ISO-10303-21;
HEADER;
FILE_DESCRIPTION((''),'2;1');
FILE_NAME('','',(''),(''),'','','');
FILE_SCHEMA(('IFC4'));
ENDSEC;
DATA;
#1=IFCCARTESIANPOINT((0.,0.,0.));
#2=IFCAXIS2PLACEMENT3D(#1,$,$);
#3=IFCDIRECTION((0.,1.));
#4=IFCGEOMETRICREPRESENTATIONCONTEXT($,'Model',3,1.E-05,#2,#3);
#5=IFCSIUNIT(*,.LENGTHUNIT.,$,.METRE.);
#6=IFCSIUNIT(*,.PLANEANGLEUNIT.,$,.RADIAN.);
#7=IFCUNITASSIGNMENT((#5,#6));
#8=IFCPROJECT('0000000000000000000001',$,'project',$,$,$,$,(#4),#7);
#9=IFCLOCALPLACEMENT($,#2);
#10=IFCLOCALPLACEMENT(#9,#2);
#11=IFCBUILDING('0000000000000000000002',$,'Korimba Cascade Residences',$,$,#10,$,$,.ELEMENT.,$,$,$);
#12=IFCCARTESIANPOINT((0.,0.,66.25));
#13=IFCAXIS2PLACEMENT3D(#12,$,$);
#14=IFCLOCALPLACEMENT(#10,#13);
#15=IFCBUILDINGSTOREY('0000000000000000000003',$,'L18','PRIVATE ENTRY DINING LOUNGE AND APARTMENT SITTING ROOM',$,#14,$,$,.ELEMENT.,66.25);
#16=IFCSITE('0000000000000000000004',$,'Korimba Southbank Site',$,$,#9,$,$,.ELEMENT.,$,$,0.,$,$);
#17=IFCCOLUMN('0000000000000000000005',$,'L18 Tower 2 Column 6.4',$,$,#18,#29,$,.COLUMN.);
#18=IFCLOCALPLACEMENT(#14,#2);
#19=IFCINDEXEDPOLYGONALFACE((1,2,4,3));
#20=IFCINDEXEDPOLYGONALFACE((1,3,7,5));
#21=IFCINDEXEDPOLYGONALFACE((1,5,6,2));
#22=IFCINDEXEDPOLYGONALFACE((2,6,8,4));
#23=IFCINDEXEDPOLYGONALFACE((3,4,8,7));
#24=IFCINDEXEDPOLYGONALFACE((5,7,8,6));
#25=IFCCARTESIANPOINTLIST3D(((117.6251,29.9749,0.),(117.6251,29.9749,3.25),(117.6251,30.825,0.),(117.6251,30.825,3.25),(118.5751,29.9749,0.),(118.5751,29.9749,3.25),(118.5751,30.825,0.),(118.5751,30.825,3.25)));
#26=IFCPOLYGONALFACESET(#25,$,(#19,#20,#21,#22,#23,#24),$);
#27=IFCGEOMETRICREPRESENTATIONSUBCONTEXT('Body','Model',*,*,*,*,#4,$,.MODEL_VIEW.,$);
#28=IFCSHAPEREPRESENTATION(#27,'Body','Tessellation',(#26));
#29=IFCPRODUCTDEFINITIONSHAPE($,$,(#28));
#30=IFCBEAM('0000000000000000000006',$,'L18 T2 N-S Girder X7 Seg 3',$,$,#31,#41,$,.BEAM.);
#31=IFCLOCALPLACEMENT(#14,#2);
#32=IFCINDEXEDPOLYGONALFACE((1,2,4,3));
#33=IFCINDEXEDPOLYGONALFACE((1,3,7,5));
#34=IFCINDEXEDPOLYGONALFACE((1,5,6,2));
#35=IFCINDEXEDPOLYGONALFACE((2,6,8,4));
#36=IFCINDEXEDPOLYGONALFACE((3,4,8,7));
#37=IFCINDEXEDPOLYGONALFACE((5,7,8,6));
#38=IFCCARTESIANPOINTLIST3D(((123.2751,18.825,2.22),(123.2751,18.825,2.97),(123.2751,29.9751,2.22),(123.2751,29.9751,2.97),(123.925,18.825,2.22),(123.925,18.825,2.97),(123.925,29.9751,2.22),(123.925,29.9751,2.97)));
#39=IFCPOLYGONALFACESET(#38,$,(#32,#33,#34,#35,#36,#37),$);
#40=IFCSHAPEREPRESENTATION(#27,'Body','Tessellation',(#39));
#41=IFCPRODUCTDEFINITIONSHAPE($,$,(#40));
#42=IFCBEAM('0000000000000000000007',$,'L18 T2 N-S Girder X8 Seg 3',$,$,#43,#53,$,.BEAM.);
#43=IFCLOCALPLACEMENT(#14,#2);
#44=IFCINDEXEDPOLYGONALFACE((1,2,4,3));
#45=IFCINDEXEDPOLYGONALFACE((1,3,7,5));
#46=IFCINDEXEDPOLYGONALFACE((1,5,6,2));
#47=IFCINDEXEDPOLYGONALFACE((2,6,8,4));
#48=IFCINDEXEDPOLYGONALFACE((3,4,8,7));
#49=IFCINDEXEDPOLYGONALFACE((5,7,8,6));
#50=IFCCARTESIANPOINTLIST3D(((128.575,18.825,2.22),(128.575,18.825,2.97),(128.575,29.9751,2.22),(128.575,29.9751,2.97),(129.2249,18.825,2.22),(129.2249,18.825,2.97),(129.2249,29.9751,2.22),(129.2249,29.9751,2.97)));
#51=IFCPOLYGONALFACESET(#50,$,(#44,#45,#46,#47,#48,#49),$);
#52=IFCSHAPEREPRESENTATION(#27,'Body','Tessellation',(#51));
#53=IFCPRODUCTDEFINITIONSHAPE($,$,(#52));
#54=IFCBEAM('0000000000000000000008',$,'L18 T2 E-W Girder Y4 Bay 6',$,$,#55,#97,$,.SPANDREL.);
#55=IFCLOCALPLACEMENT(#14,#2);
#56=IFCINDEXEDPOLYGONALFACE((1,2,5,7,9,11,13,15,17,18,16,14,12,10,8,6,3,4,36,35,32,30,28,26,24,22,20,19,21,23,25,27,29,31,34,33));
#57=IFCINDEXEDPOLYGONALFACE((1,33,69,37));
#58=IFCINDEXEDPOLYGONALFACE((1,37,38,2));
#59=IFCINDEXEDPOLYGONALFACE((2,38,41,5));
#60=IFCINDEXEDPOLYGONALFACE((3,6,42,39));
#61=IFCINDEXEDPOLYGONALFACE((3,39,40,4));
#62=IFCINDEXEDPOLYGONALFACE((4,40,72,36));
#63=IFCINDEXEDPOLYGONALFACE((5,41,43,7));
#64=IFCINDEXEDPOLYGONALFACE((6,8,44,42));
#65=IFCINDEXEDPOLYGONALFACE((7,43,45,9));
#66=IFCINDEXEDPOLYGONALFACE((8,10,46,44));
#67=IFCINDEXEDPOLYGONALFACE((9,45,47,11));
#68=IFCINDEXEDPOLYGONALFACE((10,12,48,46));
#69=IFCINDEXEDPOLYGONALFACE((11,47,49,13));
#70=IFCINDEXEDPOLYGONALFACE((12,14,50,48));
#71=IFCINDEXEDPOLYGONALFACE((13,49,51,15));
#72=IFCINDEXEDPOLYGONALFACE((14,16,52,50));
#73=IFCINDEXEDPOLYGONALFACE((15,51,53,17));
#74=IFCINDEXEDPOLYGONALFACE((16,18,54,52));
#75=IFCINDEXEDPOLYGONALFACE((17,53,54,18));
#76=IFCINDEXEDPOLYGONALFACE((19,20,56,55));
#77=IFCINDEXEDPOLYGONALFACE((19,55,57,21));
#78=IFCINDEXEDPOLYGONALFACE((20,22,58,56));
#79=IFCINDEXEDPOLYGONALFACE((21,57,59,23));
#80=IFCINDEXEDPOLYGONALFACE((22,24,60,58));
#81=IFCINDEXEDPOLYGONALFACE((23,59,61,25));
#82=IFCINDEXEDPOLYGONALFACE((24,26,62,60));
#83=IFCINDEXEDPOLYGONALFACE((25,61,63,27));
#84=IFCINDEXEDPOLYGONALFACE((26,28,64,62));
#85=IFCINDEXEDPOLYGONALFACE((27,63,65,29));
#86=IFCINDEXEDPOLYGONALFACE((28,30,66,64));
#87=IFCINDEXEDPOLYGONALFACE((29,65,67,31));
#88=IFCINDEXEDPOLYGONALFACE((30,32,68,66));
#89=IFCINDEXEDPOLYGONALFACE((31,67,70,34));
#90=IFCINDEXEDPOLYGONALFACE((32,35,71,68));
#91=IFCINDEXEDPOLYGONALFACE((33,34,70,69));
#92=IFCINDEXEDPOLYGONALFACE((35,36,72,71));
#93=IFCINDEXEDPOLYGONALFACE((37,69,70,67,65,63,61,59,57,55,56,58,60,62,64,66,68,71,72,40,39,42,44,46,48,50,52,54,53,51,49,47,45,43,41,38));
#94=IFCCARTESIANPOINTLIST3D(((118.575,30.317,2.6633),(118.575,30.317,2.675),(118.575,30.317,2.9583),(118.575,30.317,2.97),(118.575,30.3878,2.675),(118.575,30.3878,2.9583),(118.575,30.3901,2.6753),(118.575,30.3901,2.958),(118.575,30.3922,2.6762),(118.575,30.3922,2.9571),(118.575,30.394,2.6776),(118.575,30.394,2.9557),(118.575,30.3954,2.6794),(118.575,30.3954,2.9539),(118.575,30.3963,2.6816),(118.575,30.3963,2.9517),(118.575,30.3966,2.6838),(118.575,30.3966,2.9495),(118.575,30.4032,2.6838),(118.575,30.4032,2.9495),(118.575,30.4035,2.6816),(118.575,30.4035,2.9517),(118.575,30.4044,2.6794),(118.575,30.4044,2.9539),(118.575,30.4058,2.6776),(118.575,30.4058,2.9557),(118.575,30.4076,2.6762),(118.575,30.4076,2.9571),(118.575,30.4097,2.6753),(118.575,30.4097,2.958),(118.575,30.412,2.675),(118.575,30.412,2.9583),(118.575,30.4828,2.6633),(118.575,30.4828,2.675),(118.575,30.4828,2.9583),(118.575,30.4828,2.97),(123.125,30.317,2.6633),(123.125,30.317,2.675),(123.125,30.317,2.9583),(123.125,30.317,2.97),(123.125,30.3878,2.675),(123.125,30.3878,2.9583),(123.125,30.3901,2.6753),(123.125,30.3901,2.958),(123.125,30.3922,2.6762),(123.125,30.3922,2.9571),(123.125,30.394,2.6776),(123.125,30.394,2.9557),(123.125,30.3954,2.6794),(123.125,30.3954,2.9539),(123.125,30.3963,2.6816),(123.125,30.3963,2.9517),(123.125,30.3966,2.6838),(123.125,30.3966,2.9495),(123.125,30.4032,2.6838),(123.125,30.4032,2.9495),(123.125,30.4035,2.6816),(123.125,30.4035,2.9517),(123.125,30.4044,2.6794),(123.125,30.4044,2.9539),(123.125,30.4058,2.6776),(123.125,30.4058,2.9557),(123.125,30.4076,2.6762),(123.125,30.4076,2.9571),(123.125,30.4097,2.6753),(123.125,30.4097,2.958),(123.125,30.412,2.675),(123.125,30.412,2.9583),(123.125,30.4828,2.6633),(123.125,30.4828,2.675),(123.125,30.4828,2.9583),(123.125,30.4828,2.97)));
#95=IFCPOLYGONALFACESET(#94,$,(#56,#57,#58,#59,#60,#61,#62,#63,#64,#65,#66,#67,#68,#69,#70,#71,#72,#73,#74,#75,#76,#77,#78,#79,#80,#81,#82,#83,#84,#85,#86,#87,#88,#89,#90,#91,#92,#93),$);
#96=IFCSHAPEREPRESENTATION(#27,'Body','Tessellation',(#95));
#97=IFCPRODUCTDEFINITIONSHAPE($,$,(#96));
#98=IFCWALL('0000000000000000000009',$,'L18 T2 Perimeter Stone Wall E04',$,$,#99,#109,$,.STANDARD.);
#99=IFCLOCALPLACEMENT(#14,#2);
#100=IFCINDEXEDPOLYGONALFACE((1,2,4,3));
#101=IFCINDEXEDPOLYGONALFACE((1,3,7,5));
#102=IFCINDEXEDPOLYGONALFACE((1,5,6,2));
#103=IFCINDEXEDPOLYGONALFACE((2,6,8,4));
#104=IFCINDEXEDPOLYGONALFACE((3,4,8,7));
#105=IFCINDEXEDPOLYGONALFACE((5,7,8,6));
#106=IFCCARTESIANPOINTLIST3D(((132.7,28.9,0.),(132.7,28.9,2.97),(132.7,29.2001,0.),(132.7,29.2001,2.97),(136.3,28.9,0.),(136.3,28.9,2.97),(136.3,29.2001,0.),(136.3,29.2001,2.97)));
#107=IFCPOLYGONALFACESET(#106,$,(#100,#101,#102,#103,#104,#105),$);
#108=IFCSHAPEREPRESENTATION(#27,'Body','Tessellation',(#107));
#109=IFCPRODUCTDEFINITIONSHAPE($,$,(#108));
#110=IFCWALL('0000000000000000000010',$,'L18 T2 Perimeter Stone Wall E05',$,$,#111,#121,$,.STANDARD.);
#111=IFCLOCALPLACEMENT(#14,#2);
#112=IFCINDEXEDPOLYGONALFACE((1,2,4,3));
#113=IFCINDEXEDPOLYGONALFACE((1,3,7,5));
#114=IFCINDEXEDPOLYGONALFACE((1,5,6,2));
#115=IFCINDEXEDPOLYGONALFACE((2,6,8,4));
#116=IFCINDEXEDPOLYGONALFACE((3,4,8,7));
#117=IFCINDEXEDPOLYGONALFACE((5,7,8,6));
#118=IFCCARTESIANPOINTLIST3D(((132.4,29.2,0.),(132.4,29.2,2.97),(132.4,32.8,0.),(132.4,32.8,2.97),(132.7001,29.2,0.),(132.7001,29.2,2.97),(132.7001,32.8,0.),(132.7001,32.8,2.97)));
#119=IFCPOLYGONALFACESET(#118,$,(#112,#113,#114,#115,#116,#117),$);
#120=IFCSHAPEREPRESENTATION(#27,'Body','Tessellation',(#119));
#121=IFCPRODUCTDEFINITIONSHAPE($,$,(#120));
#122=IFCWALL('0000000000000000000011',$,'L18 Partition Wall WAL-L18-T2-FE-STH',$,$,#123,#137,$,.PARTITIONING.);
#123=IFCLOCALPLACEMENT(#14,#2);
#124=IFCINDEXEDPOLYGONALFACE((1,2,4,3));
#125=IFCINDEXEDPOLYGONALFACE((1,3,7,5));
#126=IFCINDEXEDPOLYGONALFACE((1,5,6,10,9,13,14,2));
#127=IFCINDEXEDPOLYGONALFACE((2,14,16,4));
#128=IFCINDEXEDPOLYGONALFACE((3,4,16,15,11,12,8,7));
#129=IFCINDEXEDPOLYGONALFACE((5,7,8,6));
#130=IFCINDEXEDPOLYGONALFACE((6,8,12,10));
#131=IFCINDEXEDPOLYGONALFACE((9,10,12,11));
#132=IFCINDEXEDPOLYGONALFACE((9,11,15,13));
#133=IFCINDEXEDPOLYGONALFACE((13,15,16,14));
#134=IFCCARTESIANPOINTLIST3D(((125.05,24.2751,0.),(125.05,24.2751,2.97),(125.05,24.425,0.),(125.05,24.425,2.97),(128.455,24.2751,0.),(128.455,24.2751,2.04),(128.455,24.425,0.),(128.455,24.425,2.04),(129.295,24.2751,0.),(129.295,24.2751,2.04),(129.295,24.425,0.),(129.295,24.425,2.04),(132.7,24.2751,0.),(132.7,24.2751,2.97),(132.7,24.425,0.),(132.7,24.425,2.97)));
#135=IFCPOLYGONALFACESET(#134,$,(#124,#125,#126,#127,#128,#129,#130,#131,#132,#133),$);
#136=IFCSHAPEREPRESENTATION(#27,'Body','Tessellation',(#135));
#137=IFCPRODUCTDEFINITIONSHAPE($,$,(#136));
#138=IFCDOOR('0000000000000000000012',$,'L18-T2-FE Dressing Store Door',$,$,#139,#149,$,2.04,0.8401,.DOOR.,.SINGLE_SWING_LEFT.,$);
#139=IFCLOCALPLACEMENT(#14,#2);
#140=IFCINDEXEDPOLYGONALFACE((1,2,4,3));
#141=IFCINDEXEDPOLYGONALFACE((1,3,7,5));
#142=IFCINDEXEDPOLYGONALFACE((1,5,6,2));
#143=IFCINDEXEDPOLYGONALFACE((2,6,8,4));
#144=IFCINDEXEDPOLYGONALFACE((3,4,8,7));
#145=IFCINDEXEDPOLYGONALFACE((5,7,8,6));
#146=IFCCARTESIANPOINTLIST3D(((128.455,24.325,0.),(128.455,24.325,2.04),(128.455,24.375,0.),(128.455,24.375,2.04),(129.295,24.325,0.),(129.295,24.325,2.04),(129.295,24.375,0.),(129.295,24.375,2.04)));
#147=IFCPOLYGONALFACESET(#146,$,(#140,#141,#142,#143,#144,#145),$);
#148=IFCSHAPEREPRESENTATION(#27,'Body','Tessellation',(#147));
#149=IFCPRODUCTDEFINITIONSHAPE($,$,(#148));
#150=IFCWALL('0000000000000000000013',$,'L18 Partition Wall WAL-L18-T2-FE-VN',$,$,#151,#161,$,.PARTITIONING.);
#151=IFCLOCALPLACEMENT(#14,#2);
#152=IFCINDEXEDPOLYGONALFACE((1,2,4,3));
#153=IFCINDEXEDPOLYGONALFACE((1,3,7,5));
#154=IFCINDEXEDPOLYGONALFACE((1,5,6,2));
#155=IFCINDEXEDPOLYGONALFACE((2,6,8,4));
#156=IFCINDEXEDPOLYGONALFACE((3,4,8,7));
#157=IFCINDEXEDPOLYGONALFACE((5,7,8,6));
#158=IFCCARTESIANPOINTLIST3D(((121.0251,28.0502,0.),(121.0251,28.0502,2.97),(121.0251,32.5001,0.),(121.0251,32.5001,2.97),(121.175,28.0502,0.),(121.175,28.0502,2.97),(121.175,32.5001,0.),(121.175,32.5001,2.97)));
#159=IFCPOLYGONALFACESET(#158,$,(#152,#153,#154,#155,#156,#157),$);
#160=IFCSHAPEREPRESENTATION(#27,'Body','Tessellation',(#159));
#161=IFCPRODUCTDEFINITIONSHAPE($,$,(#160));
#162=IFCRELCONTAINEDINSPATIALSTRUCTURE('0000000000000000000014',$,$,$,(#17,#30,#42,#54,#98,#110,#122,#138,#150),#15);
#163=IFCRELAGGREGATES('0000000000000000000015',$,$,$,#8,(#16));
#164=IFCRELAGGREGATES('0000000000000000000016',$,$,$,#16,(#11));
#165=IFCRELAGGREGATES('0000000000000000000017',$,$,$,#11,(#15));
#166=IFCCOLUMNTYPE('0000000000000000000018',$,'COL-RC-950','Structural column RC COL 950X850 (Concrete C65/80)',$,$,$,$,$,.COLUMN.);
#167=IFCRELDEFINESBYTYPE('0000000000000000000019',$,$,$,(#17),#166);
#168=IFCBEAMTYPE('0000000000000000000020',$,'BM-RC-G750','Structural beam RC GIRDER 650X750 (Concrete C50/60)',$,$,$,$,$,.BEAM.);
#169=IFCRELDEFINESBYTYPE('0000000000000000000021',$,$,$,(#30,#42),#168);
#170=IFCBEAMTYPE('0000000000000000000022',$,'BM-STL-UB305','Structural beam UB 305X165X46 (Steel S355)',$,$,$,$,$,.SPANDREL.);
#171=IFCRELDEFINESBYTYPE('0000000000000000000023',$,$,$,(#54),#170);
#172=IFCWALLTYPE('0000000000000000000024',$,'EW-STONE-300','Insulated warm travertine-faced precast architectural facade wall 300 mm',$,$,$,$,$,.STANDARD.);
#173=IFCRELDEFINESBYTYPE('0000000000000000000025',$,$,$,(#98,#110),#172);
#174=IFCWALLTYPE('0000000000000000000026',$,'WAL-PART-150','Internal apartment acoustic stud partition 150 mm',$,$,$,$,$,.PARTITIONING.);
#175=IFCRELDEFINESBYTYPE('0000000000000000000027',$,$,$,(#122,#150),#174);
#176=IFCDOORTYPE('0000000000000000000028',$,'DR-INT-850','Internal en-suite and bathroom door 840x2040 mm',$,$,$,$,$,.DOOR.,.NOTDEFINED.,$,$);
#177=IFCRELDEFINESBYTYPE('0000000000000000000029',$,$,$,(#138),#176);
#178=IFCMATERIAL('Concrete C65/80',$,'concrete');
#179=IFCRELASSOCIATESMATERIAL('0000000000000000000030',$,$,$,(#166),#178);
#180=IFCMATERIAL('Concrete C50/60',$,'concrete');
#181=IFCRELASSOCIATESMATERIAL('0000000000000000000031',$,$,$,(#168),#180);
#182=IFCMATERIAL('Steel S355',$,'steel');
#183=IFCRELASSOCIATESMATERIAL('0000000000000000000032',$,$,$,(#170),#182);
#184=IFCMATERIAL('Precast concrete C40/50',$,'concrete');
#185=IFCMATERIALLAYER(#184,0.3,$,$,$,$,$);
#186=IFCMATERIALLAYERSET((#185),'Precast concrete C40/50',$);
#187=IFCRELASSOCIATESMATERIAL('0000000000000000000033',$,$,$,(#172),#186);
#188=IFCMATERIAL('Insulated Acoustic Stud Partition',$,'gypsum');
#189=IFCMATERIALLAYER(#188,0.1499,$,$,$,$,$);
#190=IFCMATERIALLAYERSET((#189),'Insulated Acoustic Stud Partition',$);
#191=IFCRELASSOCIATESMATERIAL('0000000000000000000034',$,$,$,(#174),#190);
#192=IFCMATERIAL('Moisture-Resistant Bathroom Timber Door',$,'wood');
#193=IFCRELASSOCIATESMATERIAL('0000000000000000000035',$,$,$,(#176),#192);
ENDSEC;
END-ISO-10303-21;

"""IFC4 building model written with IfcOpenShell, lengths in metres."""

from ifc_helpers import new_model, si_unit, direction, frame, frame_2d, origin, origin_2d, place, context, subcontext, project, spatial, rectangle, i_section, extrude, material, layer, layer_set, material_profile, profile_set, type_object, element, fill, save


model = new_model("IFC4")

# Units and contexts
model_context = context("Model", 3, precision=1e-05, world=origin(), true_north=direction((0.0, 1.0)))
body_context = subcontext(model_context, "Body", "Model", "MODEL_VIEW")
ifc_project = project(units=[si_unit("LENGTHUNIT", "METRE"), si_unit("PLANEANGLEUNIT", "RADIAN")], contexts=[model_context])

# Site, building, storey
site_placement = place(None, origin())
site = spatial("IfcSite", under=ifc_project, at=site_placement, Name="Korimba Southbank Site", CompositionType="ELEMENT", RefElevation=0.0)
building_placement = place(site_placement, origin())
building = spatial("IfcBuilding", under=site, at=building_placement, Name="Korimba Cascade Residences", CompositionType="ELEMENT")
storey_placement = place(building_placement, frame((0.0, 0.0, 66.25)))
storey = spatial("IfcBuildingStorey", under=building, at=storey_placement, Name="L18", Description="PRIVATE ENTRY DINING LOUNGE AND APARTMENT SITTING ROOM", CompositionType="ELEMENT", Elevation=66.25)

# Column
ifc_material_1 = material(Name="Concrete C65/80", Category="concrete")
ifc_material_profile_1 = material_profile(ifc_material_1, rectangle(XDim=0.95, YDim=0.8501, at=origin_2d()), Name="Concrete C65/80")
ifc_profile_set_1 = profile_set([ifc_material_profile_1], Name="Concrete C65/80")
column_type = type_object("IfcColumnType", Name="COL-RC-950", Description="Structural column RC COL 950X850 (Concrete C65/80)", PredefinedType="COLUMN", material=ifc_profile_set_1)
column_placement = place(storey_placement, frame((118.1001, 30.3999, 0.0), z_axis=(0.0, 0.0, 1.0), x_axis=(1.0, 0.0, 0.0)))
element("IfcColumn", 1, at=column_placement, inside=storey, type_object=column_type, Name="L18 Tower 2 Column 6.4", PredefinedType="COLUMN", context=body_context, shape_type="SweptSolid", body=[
    extrude(rectangle(XDim=0.95, YDim=0.8501, at=origin_2d()), origin(), (0.0, 0.0, 1.0), 3.25),
])

# Beams
ifc_material_2 = material(Name="Concrete C50/60", Category="concrete")
ifc_material_profile_2 = material_profile(ifc_material_2, rectangle(XDim=0.6499, YDim=0.75, at=origin_2d()), Name="Concrete C50/60")
ifc_profile_set_2 = profile_set([ifc_material_profile_2], Name="Concrete C50/60")
beam_type_1 = type_object("IfcBeamType", Name="BM-RC-G750", Description="Structural beam RC GIRDER 650X750 (Concrete C50/60)", PredefinedType="BEAM", material=ifc_profile_set_2)
for number, where, z_axis, x_axis, name in (
    (2, (123.6001, 18.825, 2.595), (0.0, 1.0, 0.0), (-1.0, 0.0, 0.0), "L18 T2 N-S Girder X7 Seg 3"),
    (3, (128.8999, 18.825, 2.595), (0.0, 1.0, 0.0), (-1.0, 0.0, 0.0), "L18 T2 N-S Girder X8 Seg 3"),
):
    element("IfcBeam", number, at=place(storey_placement, frame(where, z_axis=z_axis, x_axis=x_axis)), inside=storey, type_object=beam_type_1, Name=name, PredefinedType="BEAM", context=body_context, shape_type="SweptSolid", body=[
        extrude(rectangle(XDim=0.6499, YDim=0.75, at=origin_2d()), origin(), (0.0, 0.0, 1.0), 11.1501),
    ])
ifc_material_3 = material(Name="Steel S355", Category="steel")
ifc_material_profile_3 = material_profile(ifc_material_3, i_section(OverallWidth=0.1658, OverallDepth=0.3066, WebThickness=0.0066, FlangeThickness=0.0117, FilletRadius=0.0088, at=origin_2d()), Name="Steel S355")
ifc_profile_set_3 = profile_set([ifc_material_profile_3], Name="Steel S355")
beam_type_2 = type_object("IfcBeamType", Name="BM-STL-UB305", Description="Structural beam UB 305X165X46 (Steel S355)", PredefinedType="SPANDREL", material=ifc_profile_set_3)
beam_placement = place(storey_placement, frame((118.575, 30.3999, 2.8167), z_axis=(1.0, 0.0, 0.0), x_axis=(0.0, 1.0, 0.0)))
element("IfcBeam", 4, at=beam_placement, inside=storey, type_object=beam_type_2, Name="L18 T2 E-W Girder Y4 Bay 6", PredefinedType="SPANDREL", context=body_context, shape_type="SweptSolid", body=[
    extrude(i_section(OverallWidth=0.1658, OverallDepth=0.3066, WebThickness=0.0066, FlangeThickness=0.0117, FilletRadius=0.0088, at=origin_2d()), origin(), (0.0, 0.0, 1.0), 4.55),
])

# Walls
ifc_material_4 = material(Name="Precast concrete C40/50", Category="concrete")
ifc_layer_1 = layer(ifc_material_4, 0.3)
ifc_layer_set_1 = layer_set([ifc_layer_1], Name="Precast concrete C40/50")
wall_type_1 = type_object("IfcWallType", Name="EW-STONE-300", Description="Insulated warm travertine-faced precast architectural facade wall 300 mm", PredefinedType="STANDARD", material=ifc_layer_set_1)
for number, where, z_axis, x_axis, name in (
    (5, (136.3, 29.05, 0.0), (0.0, 0.0, 1.0), (-1.0, 0.0, 0.0), "L18 T2 Perimeter Stone Wall E04"),
    (6, (132.55, 29.2, 0.0), (0.0, 0.0, 1.0), (0.0, 1.0, 0.0), "L18 T2 Perimeter Stone Wall E05"),
):
    element("IfcWall", number, at=place(storey_placement, frame(where, z_axis=z_axis, x_axis=x_axis)), inside=storey, type_object=wall_type_1, Name=name, PredefinedType="STANDARD", context=body_context, shape_type="SweptSolid", body=[
        extrude(rectangle(XDim=3.6001, YDim=0.3, at=frame_2d((1.8, 0.0))), origin(), (0.0, 0.0, 1.0), 2.97),
    ])

# Wall, opening, door
ifc_material_5 = material(Name="Insulated Acoustic Stud Partition", Category="gypsum")
ifc_layer_2 = layer(ifc_material_5, 0.1499)
ifc_layer_set_2 = layer_set([ifc_layer_2], Name="Insulated Acoustic Stud Partition")
wall_type_2 = type_object("IfcWallType", Name="WAL-PART-150", Description="Internal apartment acoustic stud partition 150 mm", PredefinedType="PARTITIONING", material=ifc_layer_set_2)
wall_1_placement = place(storey_placement, frame((125.05, 24.3501, 0.0), z_axis=(0.0, 0.0, 1.0), x_axis=(1.0, 0.0, 0.0)))
wall_1 = element("IfcWall", 7, at=wall_1_placement, inside=storey, type_object=wall_type_2, Name="L18 Partition Wall WAL-L18-T2-FE-STH", PredefinedType="PARTITIONING", context=body_context, shape_type="SweptSolid", body=[
    extrude(rectangle(XDim=7.6499, YDim=0.1499, at=frame_2d((3.825, 0.0))), origin(), (0.0, 0.0, 1.0), 2.97),
])
opening_1_placement = place(wall_1_placement, frame((3.405, 0.0, 0.0)))
opening_1 = element("IfcOpeningElement", 8, at=opening_1_placement, cuts=wall_1, PredefinedType="OPENING", context=body_context, shape_type="SweptSolid", body=[
    extrude(rectangle(XDim=0.8401, YDim=2.04, at=frame_2d((0.4199, 1.02))), frame((0.0, 0.085, 0.0), z_axis=(0.0, -1.0, 0.0), x_axis=(1.0, 0.0, 0.0)), (0.0, 0.0, 1.0), 0.1699),
])
ifc_material_6 = material(Name="Moisture-Resistant Bathroom Timber Door", Category="wood")
door_type_1 = type_object("IfcDoorType", Name="DR-INT-850", Description="Internal en-suite and bathroom door 840x2040 mm", OperationType="NOTDEFINED", PredefinedType="DOOR", material=ifc_material_6)
door_1_placement = place(opening_1_placement, origin())
door_1 = element("IfcDoor", 9, at=door_1_placement, inside=storey, type_object=door_type_1, Name="L18-T2-FE Dressing Store Door", OperationType="SINGLE_SWING_LEFT", OverallHeight=2.04, OverallWidth=0.8401, PredefinedType="DOOR", context=body_context, shape_type="SweptSolid", body=[
    extrude(rectangle(XDim=0.8401, YDim=2.04, at=frame_2d((0.4199, 1.02))), frame((0.0, 0.0249, 0.0), z_axis=(0.0, -1.0, 0.0), x_axis=(1.0, 0.0, 0.0)), (0.0, 0.0, 1.0), 0.05),
])
fill(opening_1, door_1)

# Wall
wall_2_placement = place(storey_placement, frame((121.1001, 28.05, 0.0), z_axis=(0.0, 0.0, 1.0), x_axis=(0.0, 1.0, 0.0)))
element("IfcWall", 10, at=wall_2_placement, inside=storey, type_object=wall_type_2, Name="L18 Partition Wall WAL-L18-T2-FE-VN", PredefinedType="PARTITIONING", context=body_context, shape_type="SweptSolid", body=[
    extrude(rectangle(XDim=4.45, YDim=0.1499, at=frame_2d((2.2251, 0.0))), origin(), (0.0, 0.0, 1.0), 2.97),
])

save(model, "model.ifc")
